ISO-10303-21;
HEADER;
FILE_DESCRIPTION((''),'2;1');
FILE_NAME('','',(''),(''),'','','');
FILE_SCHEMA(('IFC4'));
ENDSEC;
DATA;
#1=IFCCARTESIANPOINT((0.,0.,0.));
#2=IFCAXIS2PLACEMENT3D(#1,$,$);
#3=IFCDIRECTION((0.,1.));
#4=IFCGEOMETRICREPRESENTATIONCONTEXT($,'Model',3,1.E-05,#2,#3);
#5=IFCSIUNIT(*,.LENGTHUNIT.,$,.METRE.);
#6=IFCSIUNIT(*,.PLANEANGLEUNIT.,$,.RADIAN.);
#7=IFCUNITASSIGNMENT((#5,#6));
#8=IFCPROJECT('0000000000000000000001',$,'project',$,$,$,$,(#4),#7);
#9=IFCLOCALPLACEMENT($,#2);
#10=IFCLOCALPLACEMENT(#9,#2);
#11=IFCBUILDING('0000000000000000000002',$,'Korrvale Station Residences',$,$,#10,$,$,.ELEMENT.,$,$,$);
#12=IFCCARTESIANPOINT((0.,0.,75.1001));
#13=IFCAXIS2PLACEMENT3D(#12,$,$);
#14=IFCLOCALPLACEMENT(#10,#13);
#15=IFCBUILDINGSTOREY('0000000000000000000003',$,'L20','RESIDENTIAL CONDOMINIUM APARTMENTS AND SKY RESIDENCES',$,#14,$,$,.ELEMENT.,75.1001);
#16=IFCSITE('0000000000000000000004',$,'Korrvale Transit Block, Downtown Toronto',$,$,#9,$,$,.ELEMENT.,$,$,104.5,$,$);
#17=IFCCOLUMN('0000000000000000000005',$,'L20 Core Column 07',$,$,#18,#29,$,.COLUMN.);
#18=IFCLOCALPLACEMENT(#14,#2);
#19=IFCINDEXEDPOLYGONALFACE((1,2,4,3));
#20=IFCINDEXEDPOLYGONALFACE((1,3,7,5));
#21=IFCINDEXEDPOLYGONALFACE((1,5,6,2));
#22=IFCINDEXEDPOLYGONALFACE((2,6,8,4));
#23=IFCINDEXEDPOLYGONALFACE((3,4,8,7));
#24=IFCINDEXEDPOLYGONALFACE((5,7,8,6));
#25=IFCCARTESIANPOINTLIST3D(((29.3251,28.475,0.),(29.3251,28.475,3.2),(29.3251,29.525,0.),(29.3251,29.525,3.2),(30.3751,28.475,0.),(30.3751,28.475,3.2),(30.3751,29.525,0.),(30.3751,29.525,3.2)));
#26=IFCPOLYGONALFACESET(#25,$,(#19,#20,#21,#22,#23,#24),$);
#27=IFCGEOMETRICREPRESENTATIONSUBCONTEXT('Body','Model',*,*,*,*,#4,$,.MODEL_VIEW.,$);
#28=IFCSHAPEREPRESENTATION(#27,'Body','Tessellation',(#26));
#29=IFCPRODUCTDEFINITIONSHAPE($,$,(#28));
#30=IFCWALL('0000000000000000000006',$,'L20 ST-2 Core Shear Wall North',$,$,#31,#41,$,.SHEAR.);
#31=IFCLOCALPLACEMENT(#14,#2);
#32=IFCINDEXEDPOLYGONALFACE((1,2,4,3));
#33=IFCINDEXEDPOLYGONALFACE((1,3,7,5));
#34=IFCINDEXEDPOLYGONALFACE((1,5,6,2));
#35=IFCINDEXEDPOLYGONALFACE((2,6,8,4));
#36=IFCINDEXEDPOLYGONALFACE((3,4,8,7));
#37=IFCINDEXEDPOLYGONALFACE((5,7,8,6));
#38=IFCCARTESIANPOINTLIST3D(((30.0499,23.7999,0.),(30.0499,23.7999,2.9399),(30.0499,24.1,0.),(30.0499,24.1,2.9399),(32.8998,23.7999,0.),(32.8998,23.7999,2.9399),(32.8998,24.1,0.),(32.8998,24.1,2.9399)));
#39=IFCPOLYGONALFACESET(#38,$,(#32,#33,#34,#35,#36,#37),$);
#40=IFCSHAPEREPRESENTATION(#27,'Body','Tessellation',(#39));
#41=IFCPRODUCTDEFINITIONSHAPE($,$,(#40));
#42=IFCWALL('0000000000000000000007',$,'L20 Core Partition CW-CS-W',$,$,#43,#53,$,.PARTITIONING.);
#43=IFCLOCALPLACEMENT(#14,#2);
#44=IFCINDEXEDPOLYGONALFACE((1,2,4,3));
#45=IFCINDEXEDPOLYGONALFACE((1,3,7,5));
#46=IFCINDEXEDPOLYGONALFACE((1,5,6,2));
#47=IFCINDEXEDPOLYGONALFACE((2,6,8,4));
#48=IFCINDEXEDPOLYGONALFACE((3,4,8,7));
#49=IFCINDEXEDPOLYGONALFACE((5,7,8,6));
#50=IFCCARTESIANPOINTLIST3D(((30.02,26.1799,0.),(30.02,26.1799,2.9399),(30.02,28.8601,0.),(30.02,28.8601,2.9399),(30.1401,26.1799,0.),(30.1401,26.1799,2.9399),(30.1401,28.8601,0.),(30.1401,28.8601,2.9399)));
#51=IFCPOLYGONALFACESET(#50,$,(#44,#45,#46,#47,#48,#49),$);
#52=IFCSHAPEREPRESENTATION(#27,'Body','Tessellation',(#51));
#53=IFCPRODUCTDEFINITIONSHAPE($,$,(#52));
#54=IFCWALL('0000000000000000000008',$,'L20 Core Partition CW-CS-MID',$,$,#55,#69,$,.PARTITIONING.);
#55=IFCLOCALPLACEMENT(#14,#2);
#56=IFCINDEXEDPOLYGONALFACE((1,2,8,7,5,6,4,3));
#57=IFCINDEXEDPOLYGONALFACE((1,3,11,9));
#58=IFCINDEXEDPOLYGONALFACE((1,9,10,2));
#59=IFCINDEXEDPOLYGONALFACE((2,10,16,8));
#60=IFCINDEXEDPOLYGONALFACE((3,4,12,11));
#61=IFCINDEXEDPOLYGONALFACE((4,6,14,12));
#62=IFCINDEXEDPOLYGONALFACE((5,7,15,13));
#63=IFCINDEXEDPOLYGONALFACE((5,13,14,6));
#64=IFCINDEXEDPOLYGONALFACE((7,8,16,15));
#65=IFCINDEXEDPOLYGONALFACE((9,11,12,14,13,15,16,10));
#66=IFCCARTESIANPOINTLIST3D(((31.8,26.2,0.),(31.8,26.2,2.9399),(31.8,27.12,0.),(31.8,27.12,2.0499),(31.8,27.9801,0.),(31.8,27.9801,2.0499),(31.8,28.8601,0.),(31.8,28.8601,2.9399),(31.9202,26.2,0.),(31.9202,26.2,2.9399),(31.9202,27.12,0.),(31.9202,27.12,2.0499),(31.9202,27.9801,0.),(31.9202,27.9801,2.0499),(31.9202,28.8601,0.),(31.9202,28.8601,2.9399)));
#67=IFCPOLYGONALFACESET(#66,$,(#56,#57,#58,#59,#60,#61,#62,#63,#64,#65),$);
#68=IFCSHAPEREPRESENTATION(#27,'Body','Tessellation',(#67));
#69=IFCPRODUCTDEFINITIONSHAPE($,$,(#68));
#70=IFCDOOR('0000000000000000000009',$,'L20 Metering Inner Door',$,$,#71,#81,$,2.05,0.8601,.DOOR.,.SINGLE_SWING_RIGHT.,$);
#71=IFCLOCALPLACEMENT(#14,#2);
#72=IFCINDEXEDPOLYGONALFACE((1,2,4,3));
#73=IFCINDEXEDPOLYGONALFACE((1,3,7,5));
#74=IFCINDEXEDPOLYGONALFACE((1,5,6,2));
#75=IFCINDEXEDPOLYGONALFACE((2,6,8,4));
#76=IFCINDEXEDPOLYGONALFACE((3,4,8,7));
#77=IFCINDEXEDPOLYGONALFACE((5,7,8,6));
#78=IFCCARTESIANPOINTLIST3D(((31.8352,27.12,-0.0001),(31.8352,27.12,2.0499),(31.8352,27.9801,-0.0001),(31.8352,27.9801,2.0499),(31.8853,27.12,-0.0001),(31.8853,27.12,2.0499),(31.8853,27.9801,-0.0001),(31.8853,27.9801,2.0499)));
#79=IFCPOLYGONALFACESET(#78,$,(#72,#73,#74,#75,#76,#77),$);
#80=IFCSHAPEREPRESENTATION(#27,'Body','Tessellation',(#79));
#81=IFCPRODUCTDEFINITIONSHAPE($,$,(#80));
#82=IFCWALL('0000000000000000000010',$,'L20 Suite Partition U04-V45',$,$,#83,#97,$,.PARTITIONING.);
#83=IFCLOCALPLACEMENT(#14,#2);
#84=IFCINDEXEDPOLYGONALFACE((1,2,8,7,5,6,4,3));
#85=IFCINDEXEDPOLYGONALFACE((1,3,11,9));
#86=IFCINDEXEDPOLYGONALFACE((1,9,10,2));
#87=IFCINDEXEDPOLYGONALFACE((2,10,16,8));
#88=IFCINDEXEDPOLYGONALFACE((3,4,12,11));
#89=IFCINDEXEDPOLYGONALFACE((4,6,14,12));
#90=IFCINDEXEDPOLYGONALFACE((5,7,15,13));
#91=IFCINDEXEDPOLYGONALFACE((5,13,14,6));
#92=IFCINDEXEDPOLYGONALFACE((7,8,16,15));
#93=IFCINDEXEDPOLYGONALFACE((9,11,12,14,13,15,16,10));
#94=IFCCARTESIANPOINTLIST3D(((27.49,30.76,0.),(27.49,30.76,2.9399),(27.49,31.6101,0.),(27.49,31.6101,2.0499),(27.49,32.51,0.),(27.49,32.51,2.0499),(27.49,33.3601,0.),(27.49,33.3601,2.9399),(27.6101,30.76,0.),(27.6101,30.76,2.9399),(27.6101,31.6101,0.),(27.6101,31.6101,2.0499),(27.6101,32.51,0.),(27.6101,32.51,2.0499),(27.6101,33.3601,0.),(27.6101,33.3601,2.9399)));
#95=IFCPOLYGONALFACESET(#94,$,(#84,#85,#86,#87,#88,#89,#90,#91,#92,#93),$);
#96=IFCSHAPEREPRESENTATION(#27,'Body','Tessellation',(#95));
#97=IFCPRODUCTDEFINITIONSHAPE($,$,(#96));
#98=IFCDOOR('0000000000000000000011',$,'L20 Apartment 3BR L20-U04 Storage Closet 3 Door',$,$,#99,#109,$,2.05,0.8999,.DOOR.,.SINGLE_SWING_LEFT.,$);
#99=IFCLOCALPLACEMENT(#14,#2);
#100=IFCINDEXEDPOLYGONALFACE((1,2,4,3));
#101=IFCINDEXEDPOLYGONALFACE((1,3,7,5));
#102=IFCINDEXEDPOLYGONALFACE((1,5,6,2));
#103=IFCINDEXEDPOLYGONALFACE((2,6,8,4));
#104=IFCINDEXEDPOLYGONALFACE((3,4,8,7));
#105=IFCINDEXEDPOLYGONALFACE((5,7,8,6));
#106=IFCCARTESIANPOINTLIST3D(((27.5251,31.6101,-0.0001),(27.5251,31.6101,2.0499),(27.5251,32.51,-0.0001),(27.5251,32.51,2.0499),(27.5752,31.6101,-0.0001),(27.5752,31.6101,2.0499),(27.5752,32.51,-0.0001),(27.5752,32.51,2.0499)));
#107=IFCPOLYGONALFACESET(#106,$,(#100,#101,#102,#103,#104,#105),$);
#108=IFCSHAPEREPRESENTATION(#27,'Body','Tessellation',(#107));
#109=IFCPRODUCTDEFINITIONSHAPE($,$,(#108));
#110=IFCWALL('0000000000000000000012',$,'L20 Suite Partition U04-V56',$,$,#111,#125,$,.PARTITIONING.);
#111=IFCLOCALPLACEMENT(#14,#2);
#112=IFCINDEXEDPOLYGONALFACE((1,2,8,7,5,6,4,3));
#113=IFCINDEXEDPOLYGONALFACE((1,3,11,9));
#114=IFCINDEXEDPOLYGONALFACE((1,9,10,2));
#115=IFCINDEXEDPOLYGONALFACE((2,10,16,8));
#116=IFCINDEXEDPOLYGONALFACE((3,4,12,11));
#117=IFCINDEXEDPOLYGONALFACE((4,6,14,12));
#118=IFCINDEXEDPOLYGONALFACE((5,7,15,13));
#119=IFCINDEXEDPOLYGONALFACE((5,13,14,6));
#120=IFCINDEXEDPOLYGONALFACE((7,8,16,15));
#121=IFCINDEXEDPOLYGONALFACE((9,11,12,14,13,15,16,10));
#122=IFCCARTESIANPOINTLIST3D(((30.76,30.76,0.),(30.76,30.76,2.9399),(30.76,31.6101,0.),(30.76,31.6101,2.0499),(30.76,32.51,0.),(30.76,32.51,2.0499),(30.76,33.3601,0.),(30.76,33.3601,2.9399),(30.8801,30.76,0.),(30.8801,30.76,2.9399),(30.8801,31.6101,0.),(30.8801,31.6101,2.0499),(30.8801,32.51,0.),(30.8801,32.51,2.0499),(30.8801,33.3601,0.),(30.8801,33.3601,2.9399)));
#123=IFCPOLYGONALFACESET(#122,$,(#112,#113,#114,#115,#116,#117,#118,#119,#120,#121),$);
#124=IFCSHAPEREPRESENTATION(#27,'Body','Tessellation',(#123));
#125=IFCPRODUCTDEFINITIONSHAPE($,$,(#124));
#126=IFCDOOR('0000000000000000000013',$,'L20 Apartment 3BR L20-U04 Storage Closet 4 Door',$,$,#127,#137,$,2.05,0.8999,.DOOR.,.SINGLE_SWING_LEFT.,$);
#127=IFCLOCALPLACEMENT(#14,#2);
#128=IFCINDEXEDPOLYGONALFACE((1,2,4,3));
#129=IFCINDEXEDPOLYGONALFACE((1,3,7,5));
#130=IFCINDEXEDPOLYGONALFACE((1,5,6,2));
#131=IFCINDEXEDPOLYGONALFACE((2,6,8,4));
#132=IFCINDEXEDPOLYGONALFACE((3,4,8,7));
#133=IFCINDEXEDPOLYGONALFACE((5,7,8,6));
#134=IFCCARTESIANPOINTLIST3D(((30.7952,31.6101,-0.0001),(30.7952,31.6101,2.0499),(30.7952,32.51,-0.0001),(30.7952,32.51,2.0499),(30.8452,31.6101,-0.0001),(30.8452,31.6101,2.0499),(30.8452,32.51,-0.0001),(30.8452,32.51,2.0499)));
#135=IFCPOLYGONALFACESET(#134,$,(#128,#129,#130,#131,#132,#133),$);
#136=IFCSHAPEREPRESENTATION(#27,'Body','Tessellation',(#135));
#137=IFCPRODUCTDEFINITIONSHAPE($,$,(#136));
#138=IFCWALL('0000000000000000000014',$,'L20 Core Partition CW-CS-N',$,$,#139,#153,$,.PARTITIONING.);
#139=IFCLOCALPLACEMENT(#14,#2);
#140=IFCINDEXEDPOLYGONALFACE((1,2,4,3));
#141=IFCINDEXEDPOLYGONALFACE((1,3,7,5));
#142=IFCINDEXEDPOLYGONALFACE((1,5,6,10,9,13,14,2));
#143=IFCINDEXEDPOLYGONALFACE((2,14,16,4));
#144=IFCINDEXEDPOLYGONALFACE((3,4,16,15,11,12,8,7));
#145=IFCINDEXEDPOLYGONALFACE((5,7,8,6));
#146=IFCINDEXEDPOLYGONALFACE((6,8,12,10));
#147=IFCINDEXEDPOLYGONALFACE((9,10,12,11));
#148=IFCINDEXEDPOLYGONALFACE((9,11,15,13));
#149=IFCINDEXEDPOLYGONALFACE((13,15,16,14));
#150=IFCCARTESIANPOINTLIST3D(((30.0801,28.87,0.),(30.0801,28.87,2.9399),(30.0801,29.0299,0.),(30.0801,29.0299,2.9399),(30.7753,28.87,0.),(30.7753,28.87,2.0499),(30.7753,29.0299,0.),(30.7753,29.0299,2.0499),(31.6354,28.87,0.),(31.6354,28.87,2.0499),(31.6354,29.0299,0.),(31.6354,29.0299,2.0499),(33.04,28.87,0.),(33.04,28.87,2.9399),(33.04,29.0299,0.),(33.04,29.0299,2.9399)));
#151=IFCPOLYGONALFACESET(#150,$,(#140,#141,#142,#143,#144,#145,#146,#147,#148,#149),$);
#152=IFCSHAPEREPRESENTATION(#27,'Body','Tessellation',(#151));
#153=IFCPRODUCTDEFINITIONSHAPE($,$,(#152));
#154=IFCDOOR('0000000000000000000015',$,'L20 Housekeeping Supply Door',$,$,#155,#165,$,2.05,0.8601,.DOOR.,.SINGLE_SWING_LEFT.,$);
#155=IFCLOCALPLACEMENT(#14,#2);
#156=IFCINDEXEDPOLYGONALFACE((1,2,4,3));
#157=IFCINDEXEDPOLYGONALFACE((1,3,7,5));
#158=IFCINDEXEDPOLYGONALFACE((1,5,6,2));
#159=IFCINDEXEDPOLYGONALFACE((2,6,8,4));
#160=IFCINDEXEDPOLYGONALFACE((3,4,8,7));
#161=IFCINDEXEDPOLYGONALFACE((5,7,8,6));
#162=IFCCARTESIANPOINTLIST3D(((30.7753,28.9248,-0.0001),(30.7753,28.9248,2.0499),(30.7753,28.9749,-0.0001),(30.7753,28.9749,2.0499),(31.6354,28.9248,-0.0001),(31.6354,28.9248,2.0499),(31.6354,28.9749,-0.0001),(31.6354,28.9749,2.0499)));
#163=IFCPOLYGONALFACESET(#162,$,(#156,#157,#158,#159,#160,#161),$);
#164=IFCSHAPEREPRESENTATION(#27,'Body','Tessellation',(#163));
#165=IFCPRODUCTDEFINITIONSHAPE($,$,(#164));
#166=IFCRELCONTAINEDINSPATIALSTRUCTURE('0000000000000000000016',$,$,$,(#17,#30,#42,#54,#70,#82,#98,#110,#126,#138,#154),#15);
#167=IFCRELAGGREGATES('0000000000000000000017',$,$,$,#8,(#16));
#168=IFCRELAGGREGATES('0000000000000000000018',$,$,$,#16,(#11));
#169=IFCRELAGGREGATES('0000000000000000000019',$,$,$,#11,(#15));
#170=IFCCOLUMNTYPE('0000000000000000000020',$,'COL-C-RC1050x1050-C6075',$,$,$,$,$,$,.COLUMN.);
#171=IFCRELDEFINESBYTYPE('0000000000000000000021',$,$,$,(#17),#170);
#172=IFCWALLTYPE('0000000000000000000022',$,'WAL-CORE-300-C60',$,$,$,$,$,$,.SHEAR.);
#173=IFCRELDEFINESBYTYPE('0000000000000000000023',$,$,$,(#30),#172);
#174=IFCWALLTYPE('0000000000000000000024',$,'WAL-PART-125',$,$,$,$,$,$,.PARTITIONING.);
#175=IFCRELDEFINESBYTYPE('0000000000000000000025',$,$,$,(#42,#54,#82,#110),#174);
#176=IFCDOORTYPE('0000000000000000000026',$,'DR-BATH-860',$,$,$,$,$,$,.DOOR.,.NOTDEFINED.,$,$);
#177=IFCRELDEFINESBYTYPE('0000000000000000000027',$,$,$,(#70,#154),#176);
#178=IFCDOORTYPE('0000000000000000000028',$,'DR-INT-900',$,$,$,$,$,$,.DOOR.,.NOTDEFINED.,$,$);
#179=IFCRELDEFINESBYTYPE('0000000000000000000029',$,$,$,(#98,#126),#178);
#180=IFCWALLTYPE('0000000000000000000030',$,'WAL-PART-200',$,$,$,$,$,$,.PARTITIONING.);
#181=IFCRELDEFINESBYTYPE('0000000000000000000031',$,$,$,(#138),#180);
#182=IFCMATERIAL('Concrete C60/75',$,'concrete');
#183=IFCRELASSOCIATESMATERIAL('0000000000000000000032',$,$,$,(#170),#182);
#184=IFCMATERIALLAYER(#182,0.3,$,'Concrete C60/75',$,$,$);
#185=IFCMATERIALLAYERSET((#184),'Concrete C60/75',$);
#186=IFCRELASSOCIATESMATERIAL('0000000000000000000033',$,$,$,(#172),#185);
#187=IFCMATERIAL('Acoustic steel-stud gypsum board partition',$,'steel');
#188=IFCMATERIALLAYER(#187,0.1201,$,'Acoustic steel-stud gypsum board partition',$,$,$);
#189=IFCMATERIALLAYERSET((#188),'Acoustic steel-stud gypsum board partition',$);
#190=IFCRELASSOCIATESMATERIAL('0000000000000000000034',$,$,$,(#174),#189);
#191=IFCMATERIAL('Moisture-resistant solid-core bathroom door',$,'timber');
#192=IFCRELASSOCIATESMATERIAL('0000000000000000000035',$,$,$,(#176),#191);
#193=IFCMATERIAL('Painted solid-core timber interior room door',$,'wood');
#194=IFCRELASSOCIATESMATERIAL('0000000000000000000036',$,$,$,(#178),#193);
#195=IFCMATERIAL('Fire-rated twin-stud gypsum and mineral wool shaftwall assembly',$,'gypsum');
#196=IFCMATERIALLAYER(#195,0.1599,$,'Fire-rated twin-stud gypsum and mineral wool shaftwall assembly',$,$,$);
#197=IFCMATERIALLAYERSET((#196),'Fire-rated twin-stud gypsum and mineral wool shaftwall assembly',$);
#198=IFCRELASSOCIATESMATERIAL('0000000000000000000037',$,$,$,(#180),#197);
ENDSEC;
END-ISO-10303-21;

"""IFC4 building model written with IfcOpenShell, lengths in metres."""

from ifc_helpers import new_model, si_unit, direction, frame, frame_2d, origin, origin_2d, place, context, subcontext, project, spatial, rectangle, extrude, material, layer, layer_set, material_profile, profile_set, type_object, element, fill, save


model = new_model("IFC4")

# Units and contexts
model_context = context("Model", 3, precision=1e-05, world=origin(), true_north=direction((0.0, 1.0)))
body_context = subcontext(model_context, "Body", "Model", "MODEL_VIEW")
ifc_project = project(units=[si_unit("LENGTHUNIT", "METRE"), si_unit("PLANEANGLEUNIT", "RADIAN")], contexts=[model_context])

# Site, building, storey
site_placement = place(None, origin())
site = spatial("IfcSite", under=ifc_project, at=site_placement, Name="Korrvale Transit Block, Downtown Toronto", CompositionType="ELEMENT", RefElevation=104.5)
building_placement = place(site_placement, origin())
building = spatial("IfcBuilding", under=site, at=building_placement, Name="Korrvale Station Residences", CompositionType="ELEMENT")
storey_placement = place(building_placement, frame((0.0, 0.0, 75.1001)))
storey = spatial("IfcBuildingStorey", under=building, at=storey_placement, Name="L20", Description="RESIDENTIAL CONDOMINIUM APARTMENTS AND SKY RESIDENCES", CompositionType="ELEMENT", Elevation=75.1001)

# Column
ifc_material_1 = material(Name="Concrete C60/75", Category="concrete")
ifc_material_profile = material_profile(ifc_material_1, rectangle(XDim=1.05, YDim=1.05, at=origin_2d()), Name="RC1050x1050")
ifc_profile_set = profile_set([ifc_material_profile], Name="Concrete C60/75")
column_type = type_object("IfcColumnType", Name="COL-C-RC1050x1050-C6075", PredefinedType="COLUMN", material=ifc_profile_set)
column_placement = place(storey_placement, frame((29.8501, 29.0, 0.0), z_axis=(0.0, 0.0, 1.0), x_axis=(1.0, 0.0, 0.0)))
element("IfcColumn", 1, at=column_placement, inside=storey, type_object=column_type, Name="L20 Core Column 07", PredefinedType="COLUMN", context=body_context, shape_type="SweptSolid", body=[
    extrude(rectangle(XDim=1.05, YDim=1.05, at=origin_2d()), origin(), (0.0, 0.0, 1.0), 3.2),
])

# Walls
ifc_layer_1 = layer(ifc_material_1, 0.3, Name="Concrete C60/75")
ifc_layer_set_1 = layer_set([ifc_layer_1], Name="Concrete C60/75")
wall_type_1 = type_object("IfcWallType", Name="WAL-CORE-300-C60", PredefinedType="SHEAR", material=ifc_layer_set_1)
wall_1_placement = place(storey_placement, frame((30.05, 23.95, 0.0), z_axis=(0.0, 0.0, 1.0), x_axis=(1.0, 0.0, 0.0)))
element("IfcWall", 2, at=wall_1_placement, inside=storey, type_object=wall_type_1, Name="L20 ST-2 Core Shear Wall North", PredefinedType="SHEAR", context=body_context, shape_type="SweptSolid", body=[
    extrude(rectangle(XDim=2.8499, YDim=0.3, at=frame_2d((1.4248, 0.0))), origin(), (0.0, 0.0, 1.0), 2.9399),
])
ifc_material_2 = material(Name="Acoustic steel-stud gypsum board partition", Category="steel")
ifc_layer_2 = layer(ifc_material_2, 0.1201, Name="Acoustic steel-stud gypsum board partition")
ifc_layer_set_2 = layer_set([ifc_layer_2], Name="Acoustic steel-stud gypsum board partition")
wall_type_2 = type_object("IfcWallType", Name="WAL-PART-125", PredefinedType="PARTITIONING", material=ifc_layer_set_2)
wall_2_placement = place(storey_placement, frame((30.0801, 26.1799, 0.0), z_axis=(0.0, 0.0, 1.0), x_axis=(0.0, 1.0, 0.0)))
element("IfcWall", 3, at=wall_2_placement, inside=storey, type_object=wall_type_2, Name="L20 Core Partition CW-CS-W", PredefinedType="PARTITIONING", context=body_context, shape_type="SweptSolid", body=[
    extrude(rectangle(XDim=2.6802, YDim=0.1201, at=frame_2d((1.3401, 0.0))), origin(), (0.0, 0.0, 1.0), 2.9399),
])

# Walls, openings, doors
wall_3_placement = place(storey_placement, frame((31.8601, 26.2, 0.0), z_axis=(0.0, 0.0, 1.0), x_axis=(0.0, 1.0, 0.0)))
wall_3 = element("IfcWall", 4, at=wall_3_placement, inside=storey, type_object=wall_type_2, Name="L20 Core Partition CW-CS-MID", PredefinedType="PARTITIONING", context=body_context, shape_type="SweptSolid", body=[
    extrude(rectangle(XDim=2.6602, YDim=0.1201, at=frame_2d((1.3301, 0.0))), origin(), (0.0, 0.0, 1.0), 2.9399),
])
opening_1_placement = place(wall_3_placement, frame((0.9199, 0.0, 0.0)))
opening_1 = element("IfcOpeningElement", 5, at=opening_1_placement, cuts=wall_3, PredefinedType="OPENING", context=body_context, shape_type="SweptSolid", body=[
    extrude(rectangle(XDim=0.8601, YDim=2.05, at=frame_2d((0.4302, 1.0249))), frame((0.0, 0.0701, 0.0), z_axis=(0.0, -1.0, 0.0), x_axis=(1.0, 0.0, 0.0)), (0.0, 0.0, 1.0), 0.1401),
])
ifc_material_3 = material(Name="Moisture-resistant solid-core bathroom door", Category="timber")
door_type_1 = type_object("IfcDoorType", Name="DR-BATH-860", OperationType="NOTDEFINED", PredefinedType="DOOR", material=ifc_material_3)
door_1_placement = place(opening_1_placement, origin())
door_1 = element("IfcDoor", 6, at=door_1_placement, inside=storey, type_object=door_type_1, Name="L20 Metering Inner Door", OperationType="SINGLE_SWING_RIGHT", OverallHeight=2.05, OverallWidth=0.8601, PredefinedType="DOOR", context=body_context, shape_type="SweptSolid", body=[
    extrude(rectangle(XDim=0.8601, YDim=2.05, at=frame_2d((0.4302, 1.0249))), frame((0.0, 0.0249, 0.0), z_axis=(0.0, -1.0, 0.0), x_axis=(1.0, 0.0, 0.0)), (0.0, 0.0, 1.0), 0.05),
])
fill(opening_1, door_1)
wall_4_placement = place(storey_placement, frame((27.55, 30.76, 0.0), z_axis=(0.0, 0.0, 1.0), x_axis=(0.0, 1.0, 0.0)))
wall_4 = element("IfcWall", 7, at=wall_4_placement, inside=storey, type_object=wall_type_2, Name="L20 Suite Partition U04-V45", PredefinedType="PARTITIONING", context=body_context, shape_type="SweptSolid", body=[
    extrude(rectangle(XDim=2.6001, YDim=0.1201, at=frame_2d((1.3, 0.0))), origin(), (0.0, 0.0, 1.0), 2.9399),
])
opening_2_placement = place(wall_4_placement, frame((0.8501, 0.0, 0.0)))
opening_2 = element("IfcOpeningElement", 8, at=opening_2_placement, cuts=wall_4, PredefinedType="OPENING", context=body_context, shape_type="SweptSolid", body=[
    extrude(rectangle(XDim=0.8999, YDim=2.05, at=frame_2d((0.45, 1.0249))), frame((0.0, 0.0701, 0.0), z_axis=(0.0, -1.0, 0.0), x_axis=(1.0, 0.0, 0.0)), (0.0, 0.0, 1.0), 0.1401),
])
ifc_material_4 = material(Name="Painted solid-core timber interior room door", Category="wood")
door_type_2 = type_object("IfcDoorType", Name="DR-INT-900", OperationType="NOTDEFINED", PredefinedType="DOOR", material=ifc_material_4)
door_2_placement = place(opening_2_placement, origin())
door_2 = element("IfcDoor", 9, at=door_2_placement, inside=storey, type_object=door_type_2, Name="L20 Apartment 3BR L20-U04 Storage Closet 3 Door", OperationType="SINGLE_SWING_LEFT", OverallHeight=2.05, OverallWidth=0.8999, PredefinedType="DOOR", context=body_context, shape_type="SweptSolid", body=[
    extrude(rectangle(XDim=0.8999, YDim=2.05, at=frame_2d((0.45, 1.0249))), frame((0.0, 0.0249, 0.0), z_axis=(0.0, -1.0, 0.0), x_axis=(1.0, 0.0, 0.0)), (0.0, 0.0, 1.0), 0.05),
])
fill(opening_2, door_2)
wall_5_placement = place(storey_placement, frame((30.8201, 30.76, 0.0), z_axis=(0.0, 0.0, 1.0), x_axis=(0.0, 1.0, 0.0)))
wall_5 = element("IfcWall", 10, at=wall_5_placement, inside=storey, type_object=wall_type_2, Name="L20 Suite Partition U04-V56", PredefinedType="PARTITIONING", context=body_context, shape_type="SweptSolid", body=[
    extrude(rectangle(XDim=2.6001, YDim=0.1201, at=frame_2d((1.3, 0.0))), origin(), (0.0, 0.0, 1.0), 2.9399),
])
opening_3_placement = place(wall_5_placement, frame((0.8501, 0.0, 0.0)))
opening_3 = element("IfcOpeningElement", 11, at=opening_3_placement, cuts=wall_5, PredefinedType="OPENING", context=body_context, shape_type="SweptSolid", body=[
    extrude(rectangle(XDim=0.8999, YDim=2.05, at=frame_2d((0.45, 1.0249))), frame((0.0, 0.0701, 0.0), z_axis=(0.0, -1.0, 0.0), x_axis=(1.0, 0.0, 0.0)), (0.0, 0.0, 1.0), 0.1401),
])
door_3_placement = place(opening_3_placement, origin())
door_3 = element("IfcDoor", 12, at=door_3_placement, inside=storey, type_object=door_type_2, Name="L20 Apartment 3BR L20-U04 Storage Closet 4 Door", OperationType="SINGLE_SWING_LEFT", OverallHeight=2.05, OverallWidth=0.8999, PredefinedType="DOOR", context=body_context, shape_type="SweptSolid", body=[
    extrude(rectangle(XDim=0.8999, YDim=2.05, at=frame_2d((0.45, 1.0249))), frame((0.0, 0.0249, 0.0), z_axis=(0.0, -1.0, 0.0), x_axis=(1.0, 0.0, 0.0)), (0.0, 0.0, 1.0), 0.05),
])
fill(opening_3, door_3)
ifc_material_5 = material(Name="Fire-rated twin-stud gypsum and mineral wool shaftwall assembly", Category="gypsum")
ifc_layer_3 = layer(ifc_material_5, 0.1599, Name="Fire-rated twin-stud gypsum and mineral wool shaftwall assembly")
ifc_layer_set_3 = layer_set([ifc_layer_3], Name="Fire-rated twin-stud gypsum and mineral wool shaftwall assembly")
wall_type_3 = type_object("IfcWallType", Name="WAL-PART-200", PredefinedType="PARTITIONING", material=ifc_layer_set_3)
wall_6_placement = place(storey_placement, frame((30.0801, 28.95, 0.0), z_axis=(0.0, 0.0, 1.0), x_axis=(1.0, 0.0, 0.0)))
wall_6 = element("IfcWall", 13, at=wall_6_placement, inside=storey, type_object=wall_type_3, Name="L20 Core Partition CW-CS-N", PredefinedType="PARTITIONING", context=body_context, shape_type="SweptSolid", body=[
    extrude(rectangle(XDim=2.96, YDim=0.1599, at=frame_2d((1.48, 0.0))), origin(), (0.0, 0.0, 1.0), 2.9399),
])
opening_4_placement = place(wall_6_placement, frame((0.6951, 0.0, 0.0)))
opening_4 = element("IfcOpeningElement", 14, at=opening_4_placement, cuts=wall_6, PredefinedType="OPENING", context=body_context, shape_type="SweptSolid", body=[
    extrude(rectangle(XDim=0.8601, YDim=2.05, at=frame_2d((0.4302, 1.0249))), frame((0.0, 0.0898, 0.0), z_axis=(0.0, -1.0, 0.0), x_axis=(1.0, 0.0, 0.0)), (0.0, 0.0, 1.0), 0.1799),
])
door_4_placement = place(opening_4_placement, origin())
door_4 = element("IfcDoor", 15, at=door_4_placement, inside=storey, type_object=door_type_1, Name="L20 Housekeeping Supply Door", OperationType="SINGLE_SWING_LEFT", OverallHeight=2.05, OverallWidth=0.8601, PredefinedType="DOOR", context=body_context, shape_type="SweptSolid", body=[
    extrude(rectangle(XDim=0.8601, YDim=2.05, at=frame_2d((0.4302, 1.0249))), frame((0.0, 0.0249, 0.0), z_axis=(0.0, -1.0, 0.0), x_axis=(1.0, 0.0, 0.0)), (0.0, 0.0, 1.0), 0.05),
])
fill(opening_4, door_4)

save(model, "model.ifc")
